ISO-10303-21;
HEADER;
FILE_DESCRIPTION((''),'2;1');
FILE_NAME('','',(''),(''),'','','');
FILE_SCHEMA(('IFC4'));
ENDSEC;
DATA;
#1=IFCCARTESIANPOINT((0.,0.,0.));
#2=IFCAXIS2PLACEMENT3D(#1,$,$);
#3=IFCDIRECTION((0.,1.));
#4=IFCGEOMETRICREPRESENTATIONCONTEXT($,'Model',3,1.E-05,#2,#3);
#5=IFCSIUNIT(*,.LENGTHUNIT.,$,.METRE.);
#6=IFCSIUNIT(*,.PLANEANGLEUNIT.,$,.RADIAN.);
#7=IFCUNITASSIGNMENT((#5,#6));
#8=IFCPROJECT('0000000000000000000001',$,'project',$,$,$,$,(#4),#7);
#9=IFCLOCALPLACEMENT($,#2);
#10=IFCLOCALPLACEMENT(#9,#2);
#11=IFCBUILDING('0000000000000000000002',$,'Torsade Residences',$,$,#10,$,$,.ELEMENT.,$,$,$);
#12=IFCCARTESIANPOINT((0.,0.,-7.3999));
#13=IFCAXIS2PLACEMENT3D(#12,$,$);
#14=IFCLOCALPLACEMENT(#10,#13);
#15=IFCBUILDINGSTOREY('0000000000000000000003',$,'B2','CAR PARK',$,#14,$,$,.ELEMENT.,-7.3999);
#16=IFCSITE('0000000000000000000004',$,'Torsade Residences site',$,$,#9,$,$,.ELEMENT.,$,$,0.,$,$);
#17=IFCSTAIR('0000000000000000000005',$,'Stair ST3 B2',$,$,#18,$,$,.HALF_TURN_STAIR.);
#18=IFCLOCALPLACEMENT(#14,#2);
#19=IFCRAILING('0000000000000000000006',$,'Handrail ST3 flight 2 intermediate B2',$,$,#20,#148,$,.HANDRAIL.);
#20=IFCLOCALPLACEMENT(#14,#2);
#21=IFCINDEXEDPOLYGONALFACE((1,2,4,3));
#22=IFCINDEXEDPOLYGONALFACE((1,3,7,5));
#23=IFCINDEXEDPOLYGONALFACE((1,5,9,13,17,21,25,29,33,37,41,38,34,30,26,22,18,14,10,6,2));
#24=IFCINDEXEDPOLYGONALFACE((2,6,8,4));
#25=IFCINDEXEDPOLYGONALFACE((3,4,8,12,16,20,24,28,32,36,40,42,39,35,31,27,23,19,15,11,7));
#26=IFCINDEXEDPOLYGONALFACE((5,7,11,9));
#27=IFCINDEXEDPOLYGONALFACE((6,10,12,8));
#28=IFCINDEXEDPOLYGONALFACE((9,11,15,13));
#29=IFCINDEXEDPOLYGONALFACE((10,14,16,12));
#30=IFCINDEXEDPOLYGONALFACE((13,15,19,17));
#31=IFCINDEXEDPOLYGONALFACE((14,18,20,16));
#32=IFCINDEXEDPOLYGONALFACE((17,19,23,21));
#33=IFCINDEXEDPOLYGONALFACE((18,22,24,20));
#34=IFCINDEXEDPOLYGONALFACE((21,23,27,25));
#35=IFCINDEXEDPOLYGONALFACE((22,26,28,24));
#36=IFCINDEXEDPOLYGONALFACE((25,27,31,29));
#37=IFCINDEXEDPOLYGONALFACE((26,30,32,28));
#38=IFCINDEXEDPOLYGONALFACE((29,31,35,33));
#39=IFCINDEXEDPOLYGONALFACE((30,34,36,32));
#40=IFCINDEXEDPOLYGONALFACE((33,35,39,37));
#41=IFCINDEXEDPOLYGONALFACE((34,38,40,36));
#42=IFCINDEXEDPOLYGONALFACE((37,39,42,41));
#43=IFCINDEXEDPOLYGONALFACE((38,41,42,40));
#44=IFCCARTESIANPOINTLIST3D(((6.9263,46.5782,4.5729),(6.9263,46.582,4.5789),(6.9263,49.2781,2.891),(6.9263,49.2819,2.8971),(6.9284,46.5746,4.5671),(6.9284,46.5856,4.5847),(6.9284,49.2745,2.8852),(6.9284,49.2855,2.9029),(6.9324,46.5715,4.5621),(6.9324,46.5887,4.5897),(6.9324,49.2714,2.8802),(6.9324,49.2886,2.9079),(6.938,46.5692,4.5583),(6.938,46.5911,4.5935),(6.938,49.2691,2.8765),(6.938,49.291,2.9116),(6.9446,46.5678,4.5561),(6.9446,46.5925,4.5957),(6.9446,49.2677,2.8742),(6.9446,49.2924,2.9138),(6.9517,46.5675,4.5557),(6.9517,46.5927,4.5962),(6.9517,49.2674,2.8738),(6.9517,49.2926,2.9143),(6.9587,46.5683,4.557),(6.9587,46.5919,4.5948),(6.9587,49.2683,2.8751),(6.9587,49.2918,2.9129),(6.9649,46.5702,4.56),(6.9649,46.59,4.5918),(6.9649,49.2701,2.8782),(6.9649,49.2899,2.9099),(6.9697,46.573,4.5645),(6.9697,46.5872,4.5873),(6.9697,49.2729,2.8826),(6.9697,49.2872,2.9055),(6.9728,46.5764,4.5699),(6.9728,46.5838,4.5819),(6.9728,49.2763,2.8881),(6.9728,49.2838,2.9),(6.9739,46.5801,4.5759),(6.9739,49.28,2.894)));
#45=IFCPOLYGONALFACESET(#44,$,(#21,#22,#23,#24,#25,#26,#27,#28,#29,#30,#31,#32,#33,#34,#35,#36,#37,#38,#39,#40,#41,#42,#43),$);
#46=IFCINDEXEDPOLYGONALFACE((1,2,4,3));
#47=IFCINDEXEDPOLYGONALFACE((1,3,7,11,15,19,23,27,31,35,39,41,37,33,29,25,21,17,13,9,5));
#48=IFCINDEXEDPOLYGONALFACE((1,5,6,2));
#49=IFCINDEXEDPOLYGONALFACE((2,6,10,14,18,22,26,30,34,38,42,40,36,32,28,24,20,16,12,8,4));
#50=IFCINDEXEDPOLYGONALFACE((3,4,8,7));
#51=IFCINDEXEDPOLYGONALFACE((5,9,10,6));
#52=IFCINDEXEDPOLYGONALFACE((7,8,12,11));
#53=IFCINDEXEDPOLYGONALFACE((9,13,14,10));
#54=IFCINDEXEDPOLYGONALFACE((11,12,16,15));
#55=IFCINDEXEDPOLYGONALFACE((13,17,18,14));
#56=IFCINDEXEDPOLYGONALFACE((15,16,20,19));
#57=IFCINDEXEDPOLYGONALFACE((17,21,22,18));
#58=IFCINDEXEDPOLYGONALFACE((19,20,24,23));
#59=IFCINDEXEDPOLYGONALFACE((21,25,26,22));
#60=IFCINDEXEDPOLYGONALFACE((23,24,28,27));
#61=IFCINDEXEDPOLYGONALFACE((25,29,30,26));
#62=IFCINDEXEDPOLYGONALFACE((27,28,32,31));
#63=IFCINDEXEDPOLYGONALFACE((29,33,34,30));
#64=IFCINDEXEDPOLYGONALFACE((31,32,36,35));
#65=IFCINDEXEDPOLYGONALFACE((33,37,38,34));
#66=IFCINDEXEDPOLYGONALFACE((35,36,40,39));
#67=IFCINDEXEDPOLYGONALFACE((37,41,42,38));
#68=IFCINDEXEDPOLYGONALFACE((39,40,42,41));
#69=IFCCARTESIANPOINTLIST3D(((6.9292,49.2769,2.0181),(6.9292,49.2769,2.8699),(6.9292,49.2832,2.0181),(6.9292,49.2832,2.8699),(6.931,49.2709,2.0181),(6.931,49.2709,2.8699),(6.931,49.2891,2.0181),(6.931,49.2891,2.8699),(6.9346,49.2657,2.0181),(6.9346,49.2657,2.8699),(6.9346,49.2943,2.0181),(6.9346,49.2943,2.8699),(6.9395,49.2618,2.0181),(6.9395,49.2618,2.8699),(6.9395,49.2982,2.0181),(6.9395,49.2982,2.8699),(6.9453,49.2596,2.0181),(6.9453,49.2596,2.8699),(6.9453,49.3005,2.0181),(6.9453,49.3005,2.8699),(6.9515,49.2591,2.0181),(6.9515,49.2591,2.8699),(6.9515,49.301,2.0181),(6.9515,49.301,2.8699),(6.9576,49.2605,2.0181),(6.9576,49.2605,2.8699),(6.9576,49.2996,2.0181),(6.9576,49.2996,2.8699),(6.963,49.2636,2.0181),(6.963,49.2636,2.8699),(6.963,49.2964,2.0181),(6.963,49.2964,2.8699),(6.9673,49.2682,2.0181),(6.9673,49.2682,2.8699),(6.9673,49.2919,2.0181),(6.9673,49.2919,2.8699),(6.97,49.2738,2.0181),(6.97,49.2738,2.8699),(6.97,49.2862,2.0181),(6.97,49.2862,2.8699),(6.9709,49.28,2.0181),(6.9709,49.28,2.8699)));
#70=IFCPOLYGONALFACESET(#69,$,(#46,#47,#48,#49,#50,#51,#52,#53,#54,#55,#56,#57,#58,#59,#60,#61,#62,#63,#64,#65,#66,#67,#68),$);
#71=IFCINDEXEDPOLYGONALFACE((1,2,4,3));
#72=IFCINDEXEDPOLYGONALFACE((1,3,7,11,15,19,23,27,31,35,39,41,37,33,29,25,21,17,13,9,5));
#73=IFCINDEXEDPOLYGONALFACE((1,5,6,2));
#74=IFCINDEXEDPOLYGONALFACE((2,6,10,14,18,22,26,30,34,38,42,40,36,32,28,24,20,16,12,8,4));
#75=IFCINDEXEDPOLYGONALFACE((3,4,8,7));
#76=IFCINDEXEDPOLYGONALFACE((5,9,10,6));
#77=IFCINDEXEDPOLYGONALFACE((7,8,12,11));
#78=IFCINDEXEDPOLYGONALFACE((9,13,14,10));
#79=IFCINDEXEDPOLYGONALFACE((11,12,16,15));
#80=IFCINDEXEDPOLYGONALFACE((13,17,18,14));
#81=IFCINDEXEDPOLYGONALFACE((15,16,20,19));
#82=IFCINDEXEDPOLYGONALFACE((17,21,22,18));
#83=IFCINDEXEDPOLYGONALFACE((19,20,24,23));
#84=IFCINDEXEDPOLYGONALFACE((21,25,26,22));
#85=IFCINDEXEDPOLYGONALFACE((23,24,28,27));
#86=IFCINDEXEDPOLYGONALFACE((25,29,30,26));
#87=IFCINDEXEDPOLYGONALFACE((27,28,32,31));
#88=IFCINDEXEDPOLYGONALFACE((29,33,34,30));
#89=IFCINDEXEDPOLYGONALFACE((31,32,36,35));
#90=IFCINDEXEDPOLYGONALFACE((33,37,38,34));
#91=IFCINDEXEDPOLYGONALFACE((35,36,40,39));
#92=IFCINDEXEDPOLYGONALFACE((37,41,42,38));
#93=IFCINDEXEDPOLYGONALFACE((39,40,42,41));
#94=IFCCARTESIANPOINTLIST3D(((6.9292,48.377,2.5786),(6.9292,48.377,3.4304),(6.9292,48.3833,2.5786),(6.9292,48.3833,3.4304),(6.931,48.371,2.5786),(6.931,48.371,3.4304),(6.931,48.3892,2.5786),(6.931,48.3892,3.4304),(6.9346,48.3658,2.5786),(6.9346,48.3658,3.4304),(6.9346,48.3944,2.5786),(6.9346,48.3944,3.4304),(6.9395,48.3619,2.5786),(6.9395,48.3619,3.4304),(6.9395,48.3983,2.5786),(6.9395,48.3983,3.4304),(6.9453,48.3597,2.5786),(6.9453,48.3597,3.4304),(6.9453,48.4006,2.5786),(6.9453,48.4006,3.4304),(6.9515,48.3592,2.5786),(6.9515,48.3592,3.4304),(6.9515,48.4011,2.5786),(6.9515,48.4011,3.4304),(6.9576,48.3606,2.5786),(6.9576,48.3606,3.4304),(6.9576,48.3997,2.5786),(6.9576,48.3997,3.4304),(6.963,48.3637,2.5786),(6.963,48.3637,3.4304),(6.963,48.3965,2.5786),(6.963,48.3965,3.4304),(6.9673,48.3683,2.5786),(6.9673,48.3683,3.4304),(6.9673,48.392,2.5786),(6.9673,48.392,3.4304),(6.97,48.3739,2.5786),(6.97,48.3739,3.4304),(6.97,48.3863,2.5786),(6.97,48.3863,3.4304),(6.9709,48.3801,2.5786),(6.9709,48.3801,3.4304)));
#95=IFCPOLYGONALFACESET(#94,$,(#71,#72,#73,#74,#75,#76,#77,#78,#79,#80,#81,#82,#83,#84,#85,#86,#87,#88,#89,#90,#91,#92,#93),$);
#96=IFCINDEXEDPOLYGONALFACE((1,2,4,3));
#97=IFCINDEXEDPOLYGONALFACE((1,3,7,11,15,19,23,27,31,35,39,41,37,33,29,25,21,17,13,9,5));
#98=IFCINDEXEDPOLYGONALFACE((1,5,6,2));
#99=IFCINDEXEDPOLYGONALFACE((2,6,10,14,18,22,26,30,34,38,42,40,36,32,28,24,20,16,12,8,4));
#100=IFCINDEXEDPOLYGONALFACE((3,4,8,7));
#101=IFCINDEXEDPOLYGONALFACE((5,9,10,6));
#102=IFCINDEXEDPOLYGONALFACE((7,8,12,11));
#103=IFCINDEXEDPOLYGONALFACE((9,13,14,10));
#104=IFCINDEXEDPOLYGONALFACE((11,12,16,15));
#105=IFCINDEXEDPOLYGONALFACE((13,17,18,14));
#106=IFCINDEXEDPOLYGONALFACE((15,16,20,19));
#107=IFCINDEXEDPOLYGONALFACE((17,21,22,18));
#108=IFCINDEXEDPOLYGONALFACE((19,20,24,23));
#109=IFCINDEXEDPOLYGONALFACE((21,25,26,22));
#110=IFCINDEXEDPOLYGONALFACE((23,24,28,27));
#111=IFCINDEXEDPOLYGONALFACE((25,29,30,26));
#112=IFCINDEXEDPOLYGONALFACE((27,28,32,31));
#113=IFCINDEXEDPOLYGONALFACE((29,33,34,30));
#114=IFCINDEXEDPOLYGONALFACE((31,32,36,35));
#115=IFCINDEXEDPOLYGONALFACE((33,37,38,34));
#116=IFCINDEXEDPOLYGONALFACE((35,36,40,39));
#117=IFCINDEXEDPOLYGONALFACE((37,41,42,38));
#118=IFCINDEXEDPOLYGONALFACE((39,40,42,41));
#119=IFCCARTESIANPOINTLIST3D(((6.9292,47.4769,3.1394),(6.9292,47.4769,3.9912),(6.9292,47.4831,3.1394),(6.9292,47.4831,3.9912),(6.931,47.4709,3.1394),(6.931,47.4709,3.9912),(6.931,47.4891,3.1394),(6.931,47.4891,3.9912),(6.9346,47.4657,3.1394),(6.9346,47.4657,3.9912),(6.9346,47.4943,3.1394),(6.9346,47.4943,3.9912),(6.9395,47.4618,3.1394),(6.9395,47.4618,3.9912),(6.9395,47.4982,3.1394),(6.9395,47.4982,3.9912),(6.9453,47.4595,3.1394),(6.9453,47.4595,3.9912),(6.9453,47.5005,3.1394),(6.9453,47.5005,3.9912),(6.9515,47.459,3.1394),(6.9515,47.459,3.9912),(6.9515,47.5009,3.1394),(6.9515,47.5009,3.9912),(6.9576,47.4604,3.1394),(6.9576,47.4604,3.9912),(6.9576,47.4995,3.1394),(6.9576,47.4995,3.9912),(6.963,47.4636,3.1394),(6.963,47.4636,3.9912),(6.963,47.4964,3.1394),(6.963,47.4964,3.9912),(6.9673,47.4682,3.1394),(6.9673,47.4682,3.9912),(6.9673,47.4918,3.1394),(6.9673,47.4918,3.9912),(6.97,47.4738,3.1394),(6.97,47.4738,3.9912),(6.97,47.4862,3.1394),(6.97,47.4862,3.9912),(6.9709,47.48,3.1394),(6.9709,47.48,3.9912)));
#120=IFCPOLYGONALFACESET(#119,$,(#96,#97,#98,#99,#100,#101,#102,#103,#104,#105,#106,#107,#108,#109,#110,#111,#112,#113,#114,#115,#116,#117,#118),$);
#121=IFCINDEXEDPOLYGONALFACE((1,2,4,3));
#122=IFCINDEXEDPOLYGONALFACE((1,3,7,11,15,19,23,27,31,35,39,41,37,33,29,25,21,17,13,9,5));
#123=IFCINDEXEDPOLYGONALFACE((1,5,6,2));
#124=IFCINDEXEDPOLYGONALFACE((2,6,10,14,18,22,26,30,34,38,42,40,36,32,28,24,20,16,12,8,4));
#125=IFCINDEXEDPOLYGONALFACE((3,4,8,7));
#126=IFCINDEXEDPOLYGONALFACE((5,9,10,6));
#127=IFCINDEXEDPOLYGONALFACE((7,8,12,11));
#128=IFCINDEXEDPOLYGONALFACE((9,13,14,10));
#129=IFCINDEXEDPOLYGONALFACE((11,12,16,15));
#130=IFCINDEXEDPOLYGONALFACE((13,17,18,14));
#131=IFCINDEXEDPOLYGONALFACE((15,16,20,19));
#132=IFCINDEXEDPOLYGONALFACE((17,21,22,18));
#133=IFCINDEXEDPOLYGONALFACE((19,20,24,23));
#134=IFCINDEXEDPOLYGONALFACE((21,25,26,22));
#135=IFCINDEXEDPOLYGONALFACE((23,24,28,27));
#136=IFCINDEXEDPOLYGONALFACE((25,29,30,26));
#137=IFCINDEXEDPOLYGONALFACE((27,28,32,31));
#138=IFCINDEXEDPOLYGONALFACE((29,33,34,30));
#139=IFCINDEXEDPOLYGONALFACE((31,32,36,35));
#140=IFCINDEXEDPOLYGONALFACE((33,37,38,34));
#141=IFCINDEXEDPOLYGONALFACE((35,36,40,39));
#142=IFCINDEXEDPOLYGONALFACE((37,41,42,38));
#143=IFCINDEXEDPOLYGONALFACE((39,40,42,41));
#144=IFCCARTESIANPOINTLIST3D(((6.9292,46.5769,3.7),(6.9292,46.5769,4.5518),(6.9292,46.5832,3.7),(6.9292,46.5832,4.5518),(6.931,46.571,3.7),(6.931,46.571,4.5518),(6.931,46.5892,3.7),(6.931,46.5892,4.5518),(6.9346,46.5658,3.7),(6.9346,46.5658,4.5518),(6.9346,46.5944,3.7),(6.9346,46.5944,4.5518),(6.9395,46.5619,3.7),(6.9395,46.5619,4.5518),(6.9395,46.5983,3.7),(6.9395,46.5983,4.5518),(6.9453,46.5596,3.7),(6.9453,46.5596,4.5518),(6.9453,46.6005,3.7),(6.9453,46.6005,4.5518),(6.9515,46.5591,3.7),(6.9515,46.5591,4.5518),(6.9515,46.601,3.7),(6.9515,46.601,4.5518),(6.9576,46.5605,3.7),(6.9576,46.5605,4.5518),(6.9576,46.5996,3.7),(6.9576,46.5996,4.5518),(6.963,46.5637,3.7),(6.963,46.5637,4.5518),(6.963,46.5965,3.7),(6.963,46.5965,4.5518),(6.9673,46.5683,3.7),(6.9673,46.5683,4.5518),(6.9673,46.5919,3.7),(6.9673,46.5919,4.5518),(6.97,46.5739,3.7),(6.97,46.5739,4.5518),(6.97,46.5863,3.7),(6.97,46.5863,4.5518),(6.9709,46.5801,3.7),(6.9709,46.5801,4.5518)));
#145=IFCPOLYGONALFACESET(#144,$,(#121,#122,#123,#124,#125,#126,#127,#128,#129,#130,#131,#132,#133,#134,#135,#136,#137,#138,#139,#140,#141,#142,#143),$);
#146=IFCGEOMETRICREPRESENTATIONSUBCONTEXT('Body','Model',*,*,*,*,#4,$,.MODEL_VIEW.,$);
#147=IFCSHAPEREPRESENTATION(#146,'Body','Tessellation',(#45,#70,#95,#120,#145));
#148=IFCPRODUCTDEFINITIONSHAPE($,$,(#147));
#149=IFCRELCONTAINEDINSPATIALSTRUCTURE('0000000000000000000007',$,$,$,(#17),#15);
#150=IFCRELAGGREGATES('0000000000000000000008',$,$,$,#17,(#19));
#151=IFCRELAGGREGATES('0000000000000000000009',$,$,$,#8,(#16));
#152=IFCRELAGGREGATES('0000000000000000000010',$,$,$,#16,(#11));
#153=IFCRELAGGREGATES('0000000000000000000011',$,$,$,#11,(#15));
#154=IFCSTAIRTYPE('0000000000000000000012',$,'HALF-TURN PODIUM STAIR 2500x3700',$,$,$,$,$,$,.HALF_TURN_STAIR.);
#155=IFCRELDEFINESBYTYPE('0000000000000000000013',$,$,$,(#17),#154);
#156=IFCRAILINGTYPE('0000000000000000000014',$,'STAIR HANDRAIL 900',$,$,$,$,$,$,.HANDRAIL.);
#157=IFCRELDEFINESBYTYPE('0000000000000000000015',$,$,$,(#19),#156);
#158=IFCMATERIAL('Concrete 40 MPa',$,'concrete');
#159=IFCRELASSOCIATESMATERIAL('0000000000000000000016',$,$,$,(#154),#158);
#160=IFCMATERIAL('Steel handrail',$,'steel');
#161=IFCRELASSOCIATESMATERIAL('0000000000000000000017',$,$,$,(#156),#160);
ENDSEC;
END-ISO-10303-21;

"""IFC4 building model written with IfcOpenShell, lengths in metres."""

from ifc_helpers import new_model, si_unit, direction, frame, origin, origin_2d, place, context, subcontext, project, spatial, circle, extrude, material, type_object, element, aggregate, save


model = new_model("IFC4")

# Units and contexts
model_context = context("Model", 3, precision=1e-05, world=origin(), true_north=direction((0.0, 1.0)))
body_context = subcontext(model_context, "Body", "Model", "MODEL_VIEW")
ifc_project = project(units=[si_unit("LENGTHUNIT", "METRE"), si_unit("PLANEANGLEUNIT", "RADIAN")], contexts=[model_context])

# Site, building, storey
site_placement = place(None, origin())
site = spatial("IfcSite", under=ifc_project, at=site_placement, Name="Torsade Residences site", CompositionType="ELEMENT", RefElevation=0.0)
building_placement = place(site_placement, origin())
building = spatial("IfcBuilding", under=site, at=building_placement, Name="Torsade Residences", CompositionType="ELEMENT")
storey_placement = place(building_placement, frame((0.0, 0.0, -7.3999)))
storey = spatial("IfcBuildingStorey", under=building, at=storey_placement, Name="B2", Description="CAR PARK", CompositionType="ELEMENT", Elevation=-7.3999)

# Stair, railing
ifc_material_1 = material(Name="Concrete 40 MPa", Category="concrete")
stair_type = type_object("IfcStairType", Name="HALF-TURN PODIUM STAIR 2500x3700", PredefinedType="HALF_TURN_STAIR", material=ifc_material_1)
stair_placement = place(storey_placement, origin())
stair = element("IfcStair", 1, at=stair_placement, inside=storey, type_object=stair_type, Name="Stair ST3 B2", PredefinedType="HALF_TURN_STAIR")
ifc_material_2 = material(Name="Steel handrail", Category="steel")
railing_type = type_object("IfcRailingType", Name="STAIR HANDRAIL 900", PredefinedType="HANDRAIL", material=ifc_material_2)
railing_1_placement = place(storey_placement, frame((6.95, 49.28, 2.0181)))
railing_1 = element("IfcRailing", 2, at=railing_1_placement, type_object=railing_type, Name="Handrail ST3 flight 2 intermediate B2", PredefinedType="HANDRAIL", context=body_context, shape_type="SweptSolid", body=[
    extrude(circle(Radius=0.0239, at=origin_2d()), frame((0.0, 0.0, 0.876), z_axis=(0.0, -0.848786, 0.528736), x_axis=(1.0, 0.0, 0.0)), (0.0, 0.0, 1.0), 3.1809),
    extrude(circle(Radius=0.021, at=origin_2d()), origin(), (0.0, 0.0, 1.0), 0.8518),
    extrude(circle(Radius=0.021, at=origin_2d()), frame((0.0, -0.8999, 0.5605)), (0.0, 0.0, 1.0), 0.8518),
    extrude(circle(Radius=0.021, at=origin_2d()), frame((0.0, -1.8, 1.1213)), (0.0, 0.0, 1.0), 0.8518),
    extrude(circle(Radius=0.021, at=origin_2d()), frame((0.0, -2.7, 1.6819)), (0.0, 0.0, 1.0), 0.8518),
])
aggregate(stair, [railing_1])

save(model, "model.ifc")
